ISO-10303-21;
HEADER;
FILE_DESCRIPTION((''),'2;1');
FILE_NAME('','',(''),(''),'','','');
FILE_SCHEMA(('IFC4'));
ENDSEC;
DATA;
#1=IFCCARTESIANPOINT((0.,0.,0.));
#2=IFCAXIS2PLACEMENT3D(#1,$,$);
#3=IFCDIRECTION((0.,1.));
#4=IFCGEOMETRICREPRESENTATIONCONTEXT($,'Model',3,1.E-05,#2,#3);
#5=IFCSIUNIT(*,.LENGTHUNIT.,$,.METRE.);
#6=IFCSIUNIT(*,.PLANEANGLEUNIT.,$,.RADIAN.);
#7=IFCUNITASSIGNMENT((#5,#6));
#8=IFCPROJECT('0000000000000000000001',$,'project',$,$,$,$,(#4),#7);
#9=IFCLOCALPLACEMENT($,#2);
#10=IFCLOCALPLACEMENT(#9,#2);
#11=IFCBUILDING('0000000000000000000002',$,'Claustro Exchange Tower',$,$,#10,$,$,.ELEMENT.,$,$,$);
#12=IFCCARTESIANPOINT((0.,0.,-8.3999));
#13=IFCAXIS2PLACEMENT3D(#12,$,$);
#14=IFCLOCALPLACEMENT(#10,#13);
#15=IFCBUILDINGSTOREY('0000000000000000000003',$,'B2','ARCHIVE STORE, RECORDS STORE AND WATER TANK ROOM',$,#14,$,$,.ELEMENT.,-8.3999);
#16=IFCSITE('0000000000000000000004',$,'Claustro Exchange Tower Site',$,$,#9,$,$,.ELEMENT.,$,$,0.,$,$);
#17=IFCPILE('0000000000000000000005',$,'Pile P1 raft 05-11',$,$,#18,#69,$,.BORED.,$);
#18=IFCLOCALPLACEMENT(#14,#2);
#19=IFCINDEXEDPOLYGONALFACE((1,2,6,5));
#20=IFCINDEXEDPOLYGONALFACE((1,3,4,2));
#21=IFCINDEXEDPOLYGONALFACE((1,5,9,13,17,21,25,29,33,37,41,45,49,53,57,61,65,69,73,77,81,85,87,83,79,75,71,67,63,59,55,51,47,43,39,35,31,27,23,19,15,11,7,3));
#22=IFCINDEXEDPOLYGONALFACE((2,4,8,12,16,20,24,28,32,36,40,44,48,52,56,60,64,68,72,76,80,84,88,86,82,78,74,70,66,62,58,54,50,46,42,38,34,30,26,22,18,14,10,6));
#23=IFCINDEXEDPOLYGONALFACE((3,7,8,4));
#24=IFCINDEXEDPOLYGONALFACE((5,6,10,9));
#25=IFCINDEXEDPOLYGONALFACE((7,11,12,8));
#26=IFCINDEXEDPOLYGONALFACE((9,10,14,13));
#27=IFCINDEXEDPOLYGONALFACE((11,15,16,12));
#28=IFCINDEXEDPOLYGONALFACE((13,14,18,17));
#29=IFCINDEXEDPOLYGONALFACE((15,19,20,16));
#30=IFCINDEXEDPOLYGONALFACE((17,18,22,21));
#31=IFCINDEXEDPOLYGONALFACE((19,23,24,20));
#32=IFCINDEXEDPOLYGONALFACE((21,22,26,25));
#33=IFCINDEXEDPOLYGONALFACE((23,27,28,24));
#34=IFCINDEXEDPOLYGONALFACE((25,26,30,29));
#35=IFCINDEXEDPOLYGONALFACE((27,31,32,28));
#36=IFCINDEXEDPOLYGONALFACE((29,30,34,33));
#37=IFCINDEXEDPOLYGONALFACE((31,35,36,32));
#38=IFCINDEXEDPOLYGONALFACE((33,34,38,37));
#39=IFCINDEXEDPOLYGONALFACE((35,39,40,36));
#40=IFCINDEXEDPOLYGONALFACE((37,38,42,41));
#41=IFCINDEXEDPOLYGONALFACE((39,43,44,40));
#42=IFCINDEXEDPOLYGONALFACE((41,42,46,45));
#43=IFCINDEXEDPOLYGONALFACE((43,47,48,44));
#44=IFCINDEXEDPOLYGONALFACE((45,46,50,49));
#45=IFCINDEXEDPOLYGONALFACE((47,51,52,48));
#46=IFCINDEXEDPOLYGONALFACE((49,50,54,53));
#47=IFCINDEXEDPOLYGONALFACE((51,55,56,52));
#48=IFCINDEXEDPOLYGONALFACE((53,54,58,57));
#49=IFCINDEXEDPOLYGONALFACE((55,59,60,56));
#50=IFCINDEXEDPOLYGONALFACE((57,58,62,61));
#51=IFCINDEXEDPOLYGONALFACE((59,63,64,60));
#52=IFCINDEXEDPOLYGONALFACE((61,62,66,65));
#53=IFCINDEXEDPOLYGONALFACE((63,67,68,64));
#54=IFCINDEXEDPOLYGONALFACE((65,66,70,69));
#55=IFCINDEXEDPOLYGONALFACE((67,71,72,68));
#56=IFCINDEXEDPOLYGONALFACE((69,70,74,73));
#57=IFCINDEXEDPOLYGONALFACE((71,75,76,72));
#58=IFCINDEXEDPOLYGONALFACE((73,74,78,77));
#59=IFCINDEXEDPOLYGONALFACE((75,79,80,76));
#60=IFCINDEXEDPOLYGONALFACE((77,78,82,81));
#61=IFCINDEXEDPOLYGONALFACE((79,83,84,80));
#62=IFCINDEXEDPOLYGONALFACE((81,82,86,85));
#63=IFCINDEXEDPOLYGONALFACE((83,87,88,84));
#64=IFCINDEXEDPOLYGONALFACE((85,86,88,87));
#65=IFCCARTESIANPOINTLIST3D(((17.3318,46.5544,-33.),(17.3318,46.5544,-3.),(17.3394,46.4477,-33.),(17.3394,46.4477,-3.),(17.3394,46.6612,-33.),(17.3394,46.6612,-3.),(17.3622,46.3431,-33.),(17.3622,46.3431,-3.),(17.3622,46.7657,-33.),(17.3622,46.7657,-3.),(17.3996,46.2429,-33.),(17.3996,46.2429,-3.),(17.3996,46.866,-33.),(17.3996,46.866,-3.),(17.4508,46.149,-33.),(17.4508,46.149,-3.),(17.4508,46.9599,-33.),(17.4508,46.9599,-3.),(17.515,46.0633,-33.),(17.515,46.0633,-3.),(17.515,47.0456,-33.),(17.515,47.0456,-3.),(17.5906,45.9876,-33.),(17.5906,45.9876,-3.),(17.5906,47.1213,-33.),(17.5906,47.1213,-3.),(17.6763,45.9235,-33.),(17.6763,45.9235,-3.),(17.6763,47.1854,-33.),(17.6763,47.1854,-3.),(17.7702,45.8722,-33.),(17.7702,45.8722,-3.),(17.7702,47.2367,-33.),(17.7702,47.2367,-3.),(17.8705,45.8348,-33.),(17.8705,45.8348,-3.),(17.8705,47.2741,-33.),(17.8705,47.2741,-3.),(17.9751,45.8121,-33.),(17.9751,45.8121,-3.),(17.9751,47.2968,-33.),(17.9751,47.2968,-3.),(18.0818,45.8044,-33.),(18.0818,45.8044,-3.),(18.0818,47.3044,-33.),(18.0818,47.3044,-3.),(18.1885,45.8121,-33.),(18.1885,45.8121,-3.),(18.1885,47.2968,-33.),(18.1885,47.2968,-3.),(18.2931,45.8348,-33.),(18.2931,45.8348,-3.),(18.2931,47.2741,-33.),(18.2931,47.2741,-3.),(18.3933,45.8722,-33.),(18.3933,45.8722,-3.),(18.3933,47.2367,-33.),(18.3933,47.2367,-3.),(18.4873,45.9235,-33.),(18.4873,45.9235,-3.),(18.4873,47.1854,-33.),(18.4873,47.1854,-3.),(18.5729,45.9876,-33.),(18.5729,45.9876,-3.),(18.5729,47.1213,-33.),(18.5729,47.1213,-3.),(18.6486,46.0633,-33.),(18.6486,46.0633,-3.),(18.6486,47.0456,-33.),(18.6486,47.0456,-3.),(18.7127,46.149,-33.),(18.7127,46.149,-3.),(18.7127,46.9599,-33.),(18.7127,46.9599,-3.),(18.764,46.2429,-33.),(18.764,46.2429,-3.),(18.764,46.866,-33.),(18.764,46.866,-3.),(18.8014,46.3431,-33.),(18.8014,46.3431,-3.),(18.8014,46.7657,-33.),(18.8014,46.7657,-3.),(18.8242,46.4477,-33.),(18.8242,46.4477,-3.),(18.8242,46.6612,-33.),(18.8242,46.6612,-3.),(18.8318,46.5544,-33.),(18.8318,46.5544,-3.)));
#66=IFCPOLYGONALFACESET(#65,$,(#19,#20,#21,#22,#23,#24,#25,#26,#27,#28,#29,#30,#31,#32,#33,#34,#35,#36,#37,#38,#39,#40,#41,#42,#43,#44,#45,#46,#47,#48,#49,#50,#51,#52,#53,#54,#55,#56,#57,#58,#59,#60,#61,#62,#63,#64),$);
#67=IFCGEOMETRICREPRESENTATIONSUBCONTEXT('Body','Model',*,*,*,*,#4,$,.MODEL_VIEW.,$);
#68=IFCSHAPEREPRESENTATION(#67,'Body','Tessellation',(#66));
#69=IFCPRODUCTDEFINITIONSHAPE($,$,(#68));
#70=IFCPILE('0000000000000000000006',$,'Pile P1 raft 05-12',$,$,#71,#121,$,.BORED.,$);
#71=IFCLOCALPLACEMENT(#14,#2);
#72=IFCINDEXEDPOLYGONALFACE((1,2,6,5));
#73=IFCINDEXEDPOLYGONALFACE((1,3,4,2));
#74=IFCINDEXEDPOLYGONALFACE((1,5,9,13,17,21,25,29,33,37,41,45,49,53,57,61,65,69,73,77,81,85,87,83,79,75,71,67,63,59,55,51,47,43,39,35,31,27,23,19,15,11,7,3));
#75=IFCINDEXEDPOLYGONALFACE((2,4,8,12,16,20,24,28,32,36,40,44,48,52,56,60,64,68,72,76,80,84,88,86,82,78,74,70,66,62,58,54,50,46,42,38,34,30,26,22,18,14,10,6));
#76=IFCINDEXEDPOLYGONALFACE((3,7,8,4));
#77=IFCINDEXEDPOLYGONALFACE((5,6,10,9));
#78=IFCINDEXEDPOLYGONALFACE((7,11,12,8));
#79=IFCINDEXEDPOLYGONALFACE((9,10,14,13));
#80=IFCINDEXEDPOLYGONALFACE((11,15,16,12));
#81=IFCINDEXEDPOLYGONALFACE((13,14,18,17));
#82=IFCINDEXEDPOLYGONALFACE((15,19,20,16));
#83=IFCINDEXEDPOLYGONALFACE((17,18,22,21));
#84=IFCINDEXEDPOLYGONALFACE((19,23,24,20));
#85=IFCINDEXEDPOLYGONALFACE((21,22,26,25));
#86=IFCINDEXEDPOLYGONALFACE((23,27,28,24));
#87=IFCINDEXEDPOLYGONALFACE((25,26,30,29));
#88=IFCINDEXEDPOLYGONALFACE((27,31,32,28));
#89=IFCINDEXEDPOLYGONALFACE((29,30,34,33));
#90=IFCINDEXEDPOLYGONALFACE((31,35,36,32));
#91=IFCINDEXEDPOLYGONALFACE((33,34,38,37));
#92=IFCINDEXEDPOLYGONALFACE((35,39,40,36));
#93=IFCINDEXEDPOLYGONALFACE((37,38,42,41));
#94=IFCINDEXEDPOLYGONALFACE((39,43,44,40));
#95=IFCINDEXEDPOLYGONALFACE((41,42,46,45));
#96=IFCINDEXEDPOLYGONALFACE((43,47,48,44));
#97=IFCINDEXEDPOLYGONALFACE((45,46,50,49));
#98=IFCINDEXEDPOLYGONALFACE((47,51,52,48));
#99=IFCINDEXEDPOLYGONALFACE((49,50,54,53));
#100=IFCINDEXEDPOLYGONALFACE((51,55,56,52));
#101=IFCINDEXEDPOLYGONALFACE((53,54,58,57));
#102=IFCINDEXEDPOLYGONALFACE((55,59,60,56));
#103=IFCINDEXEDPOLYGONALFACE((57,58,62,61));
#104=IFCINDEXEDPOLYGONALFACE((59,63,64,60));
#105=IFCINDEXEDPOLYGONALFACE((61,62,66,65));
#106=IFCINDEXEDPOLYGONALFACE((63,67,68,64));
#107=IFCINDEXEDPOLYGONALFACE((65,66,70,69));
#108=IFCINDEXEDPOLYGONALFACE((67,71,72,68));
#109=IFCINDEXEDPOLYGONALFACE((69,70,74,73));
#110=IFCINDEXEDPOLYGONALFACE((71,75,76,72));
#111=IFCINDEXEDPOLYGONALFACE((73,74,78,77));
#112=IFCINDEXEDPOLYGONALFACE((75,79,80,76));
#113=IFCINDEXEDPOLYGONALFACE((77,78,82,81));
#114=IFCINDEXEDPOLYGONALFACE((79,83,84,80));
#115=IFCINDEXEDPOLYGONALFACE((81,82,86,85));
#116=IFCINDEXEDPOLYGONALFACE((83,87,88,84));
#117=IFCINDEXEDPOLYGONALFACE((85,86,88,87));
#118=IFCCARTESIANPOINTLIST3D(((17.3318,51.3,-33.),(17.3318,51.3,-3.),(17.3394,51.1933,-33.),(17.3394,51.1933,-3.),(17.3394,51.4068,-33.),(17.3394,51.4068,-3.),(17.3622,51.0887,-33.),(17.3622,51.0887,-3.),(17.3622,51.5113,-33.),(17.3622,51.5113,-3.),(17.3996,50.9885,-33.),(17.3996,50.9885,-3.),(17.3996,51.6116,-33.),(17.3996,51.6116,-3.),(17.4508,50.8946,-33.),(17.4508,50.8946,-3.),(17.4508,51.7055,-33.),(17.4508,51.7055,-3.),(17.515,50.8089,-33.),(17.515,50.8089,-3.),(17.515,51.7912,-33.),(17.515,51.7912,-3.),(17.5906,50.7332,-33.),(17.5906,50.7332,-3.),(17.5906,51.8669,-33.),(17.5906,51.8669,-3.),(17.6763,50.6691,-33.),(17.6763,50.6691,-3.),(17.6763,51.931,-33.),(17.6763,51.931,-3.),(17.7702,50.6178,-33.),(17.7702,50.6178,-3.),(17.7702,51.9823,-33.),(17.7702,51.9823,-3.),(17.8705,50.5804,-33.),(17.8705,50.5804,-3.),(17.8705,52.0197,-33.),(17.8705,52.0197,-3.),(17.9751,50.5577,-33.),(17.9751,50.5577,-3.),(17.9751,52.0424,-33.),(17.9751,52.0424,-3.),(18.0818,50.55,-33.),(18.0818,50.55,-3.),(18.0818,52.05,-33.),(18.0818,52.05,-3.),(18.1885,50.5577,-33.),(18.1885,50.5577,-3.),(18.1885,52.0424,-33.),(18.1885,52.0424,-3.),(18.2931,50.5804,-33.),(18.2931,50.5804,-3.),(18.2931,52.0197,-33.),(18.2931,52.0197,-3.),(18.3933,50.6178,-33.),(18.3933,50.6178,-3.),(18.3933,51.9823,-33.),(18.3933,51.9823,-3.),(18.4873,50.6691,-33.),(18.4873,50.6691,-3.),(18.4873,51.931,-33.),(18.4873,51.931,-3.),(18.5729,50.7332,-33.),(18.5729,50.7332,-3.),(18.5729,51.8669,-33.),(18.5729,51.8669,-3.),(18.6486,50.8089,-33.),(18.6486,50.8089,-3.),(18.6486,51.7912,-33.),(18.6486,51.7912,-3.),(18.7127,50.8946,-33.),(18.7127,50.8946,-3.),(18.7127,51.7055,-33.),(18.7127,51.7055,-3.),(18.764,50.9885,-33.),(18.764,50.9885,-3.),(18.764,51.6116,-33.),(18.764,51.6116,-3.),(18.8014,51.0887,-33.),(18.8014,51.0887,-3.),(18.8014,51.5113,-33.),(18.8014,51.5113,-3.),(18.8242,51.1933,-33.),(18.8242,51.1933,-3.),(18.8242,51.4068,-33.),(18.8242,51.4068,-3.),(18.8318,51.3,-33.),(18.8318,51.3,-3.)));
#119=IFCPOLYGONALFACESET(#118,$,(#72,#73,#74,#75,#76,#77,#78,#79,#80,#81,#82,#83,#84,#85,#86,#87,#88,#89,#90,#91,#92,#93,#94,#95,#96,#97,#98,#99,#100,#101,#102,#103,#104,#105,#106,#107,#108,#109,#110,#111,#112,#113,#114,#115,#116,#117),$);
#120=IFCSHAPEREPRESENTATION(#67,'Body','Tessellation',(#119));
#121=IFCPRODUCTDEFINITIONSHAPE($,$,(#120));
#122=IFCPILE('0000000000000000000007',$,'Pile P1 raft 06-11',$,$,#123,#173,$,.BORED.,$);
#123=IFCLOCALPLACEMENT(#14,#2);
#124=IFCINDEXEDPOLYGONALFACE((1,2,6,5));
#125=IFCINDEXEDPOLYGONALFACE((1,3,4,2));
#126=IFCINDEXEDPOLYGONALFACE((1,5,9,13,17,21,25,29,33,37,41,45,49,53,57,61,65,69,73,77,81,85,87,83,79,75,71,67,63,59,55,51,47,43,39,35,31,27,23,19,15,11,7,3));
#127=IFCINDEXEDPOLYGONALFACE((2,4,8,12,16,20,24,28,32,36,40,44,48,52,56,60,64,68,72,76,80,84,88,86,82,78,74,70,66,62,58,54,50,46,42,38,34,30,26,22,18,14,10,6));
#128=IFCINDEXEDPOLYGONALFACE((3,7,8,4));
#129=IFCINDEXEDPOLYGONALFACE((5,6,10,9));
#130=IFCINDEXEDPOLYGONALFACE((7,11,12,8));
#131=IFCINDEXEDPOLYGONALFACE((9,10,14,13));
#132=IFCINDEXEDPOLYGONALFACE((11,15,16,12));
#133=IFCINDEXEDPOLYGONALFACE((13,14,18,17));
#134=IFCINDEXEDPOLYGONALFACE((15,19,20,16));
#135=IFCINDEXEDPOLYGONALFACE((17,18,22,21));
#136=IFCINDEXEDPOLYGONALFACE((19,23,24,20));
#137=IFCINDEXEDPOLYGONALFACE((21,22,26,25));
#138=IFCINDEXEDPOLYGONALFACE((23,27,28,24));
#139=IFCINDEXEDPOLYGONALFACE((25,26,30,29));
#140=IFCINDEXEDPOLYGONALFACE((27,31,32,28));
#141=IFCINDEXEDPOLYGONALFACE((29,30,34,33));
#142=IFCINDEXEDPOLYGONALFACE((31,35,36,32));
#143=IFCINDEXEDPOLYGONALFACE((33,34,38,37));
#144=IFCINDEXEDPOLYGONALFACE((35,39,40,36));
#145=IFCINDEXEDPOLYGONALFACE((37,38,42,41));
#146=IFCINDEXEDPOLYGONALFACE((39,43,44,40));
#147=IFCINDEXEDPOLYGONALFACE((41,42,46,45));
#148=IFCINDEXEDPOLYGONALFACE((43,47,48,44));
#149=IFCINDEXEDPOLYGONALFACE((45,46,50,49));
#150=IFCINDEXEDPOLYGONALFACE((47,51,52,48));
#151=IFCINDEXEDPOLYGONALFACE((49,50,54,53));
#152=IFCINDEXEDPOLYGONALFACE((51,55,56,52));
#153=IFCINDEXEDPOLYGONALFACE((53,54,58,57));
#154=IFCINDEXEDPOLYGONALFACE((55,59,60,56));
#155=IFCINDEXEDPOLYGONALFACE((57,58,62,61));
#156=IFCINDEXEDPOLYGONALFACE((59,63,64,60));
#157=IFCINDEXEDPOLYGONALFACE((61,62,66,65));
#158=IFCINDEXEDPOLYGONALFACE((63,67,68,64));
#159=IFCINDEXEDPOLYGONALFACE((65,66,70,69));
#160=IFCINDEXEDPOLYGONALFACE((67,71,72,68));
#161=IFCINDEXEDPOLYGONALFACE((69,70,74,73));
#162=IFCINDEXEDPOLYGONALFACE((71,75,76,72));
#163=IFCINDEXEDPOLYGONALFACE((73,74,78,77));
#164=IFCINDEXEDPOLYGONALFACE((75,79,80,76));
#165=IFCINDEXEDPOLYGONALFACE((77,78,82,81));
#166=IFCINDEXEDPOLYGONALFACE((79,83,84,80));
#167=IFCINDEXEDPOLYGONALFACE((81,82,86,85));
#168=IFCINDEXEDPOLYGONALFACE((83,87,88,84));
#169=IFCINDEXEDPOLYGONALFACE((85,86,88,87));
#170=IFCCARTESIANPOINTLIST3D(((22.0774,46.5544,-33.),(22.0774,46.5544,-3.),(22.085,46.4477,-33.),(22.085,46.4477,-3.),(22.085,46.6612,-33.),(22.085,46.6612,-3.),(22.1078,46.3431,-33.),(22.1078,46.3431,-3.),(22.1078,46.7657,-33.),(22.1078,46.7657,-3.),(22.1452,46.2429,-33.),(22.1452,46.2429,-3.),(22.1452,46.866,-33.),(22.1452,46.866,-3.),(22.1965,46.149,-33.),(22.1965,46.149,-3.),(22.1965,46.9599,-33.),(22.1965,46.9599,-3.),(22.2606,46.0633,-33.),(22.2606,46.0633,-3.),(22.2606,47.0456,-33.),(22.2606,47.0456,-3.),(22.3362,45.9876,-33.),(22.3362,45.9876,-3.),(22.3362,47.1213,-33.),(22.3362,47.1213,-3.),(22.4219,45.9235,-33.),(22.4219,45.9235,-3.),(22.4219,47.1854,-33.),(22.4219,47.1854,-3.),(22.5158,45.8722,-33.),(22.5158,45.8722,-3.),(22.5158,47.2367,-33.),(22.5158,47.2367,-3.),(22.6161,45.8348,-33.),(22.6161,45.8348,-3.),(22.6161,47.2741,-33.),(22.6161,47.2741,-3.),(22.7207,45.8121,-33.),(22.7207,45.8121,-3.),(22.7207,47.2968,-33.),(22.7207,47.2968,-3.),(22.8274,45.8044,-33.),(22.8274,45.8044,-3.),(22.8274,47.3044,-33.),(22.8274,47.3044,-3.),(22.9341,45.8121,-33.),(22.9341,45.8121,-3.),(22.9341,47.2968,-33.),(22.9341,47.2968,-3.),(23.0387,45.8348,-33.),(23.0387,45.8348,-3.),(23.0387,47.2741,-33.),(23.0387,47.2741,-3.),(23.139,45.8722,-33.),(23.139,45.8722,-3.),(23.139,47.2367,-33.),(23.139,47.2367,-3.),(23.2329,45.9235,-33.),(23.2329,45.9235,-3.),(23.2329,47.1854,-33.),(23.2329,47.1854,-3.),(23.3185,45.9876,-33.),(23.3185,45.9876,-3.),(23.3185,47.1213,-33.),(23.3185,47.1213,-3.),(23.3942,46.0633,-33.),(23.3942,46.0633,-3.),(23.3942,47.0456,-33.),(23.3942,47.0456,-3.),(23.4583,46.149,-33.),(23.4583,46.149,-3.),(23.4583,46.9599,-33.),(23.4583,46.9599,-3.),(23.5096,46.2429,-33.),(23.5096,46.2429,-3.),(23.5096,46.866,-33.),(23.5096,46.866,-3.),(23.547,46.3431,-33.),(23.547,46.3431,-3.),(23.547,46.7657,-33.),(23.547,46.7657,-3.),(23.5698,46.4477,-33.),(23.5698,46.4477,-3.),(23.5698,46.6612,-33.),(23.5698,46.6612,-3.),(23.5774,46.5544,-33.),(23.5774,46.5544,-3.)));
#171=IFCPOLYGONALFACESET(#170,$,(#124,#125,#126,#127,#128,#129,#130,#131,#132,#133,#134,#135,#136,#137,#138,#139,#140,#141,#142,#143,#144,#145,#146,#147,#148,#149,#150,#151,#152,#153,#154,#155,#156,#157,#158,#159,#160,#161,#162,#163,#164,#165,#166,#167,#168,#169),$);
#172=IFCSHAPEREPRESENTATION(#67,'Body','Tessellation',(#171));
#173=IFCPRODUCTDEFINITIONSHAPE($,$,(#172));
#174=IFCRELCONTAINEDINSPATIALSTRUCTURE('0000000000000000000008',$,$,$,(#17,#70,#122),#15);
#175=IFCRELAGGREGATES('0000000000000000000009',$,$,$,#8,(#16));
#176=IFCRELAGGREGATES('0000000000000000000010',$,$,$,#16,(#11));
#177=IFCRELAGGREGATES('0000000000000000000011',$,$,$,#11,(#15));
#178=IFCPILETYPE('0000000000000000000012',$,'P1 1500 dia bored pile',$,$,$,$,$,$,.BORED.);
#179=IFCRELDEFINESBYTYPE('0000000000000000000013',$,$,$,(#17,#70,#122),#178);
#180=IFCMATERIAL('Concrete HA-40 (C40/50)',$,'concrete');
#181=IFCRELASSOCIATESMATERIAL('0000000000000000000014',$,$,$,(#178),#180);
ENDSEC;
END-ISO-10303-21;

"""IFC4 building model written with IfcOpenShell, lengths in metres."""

from ifc_helpers import new_model, si_unit, direction, frame, origin, origin_2d, place, context, subcontext, project, spatial, circle, extrude, material, type_object, element, save


model = new_model("IFC4")

# Units and contexts
model_context = context("Model", 3, precision=1e-05, world=origin(), true_north=direction((0.0, 1.0)))
body_context = subcontext(model_context, "Body", "Model", "MODEL_VIEW")
ifc_project = project(units=[si_unit("LENGTHUNIT", "METRE"), si_unit("PLANEANGLEUNIT", "RADIAN")], contexts=[model_context])

# Site, building, storey
site_placement = place(None, origin())
site = spatial("IfcSite", under=ifc_project, at=site_placement, Name="Claustro Exchange Tower Site", CompositionType="ELEMENT", RefElevation=0.0)
building_placement = place(site_placement, origin())
building = spatial("IfcBuilding", under=site, at=building_placement, Name="Claustro Exchange Tower", CompositionType="ELEMENT")
storey_placement = place(building_placement, frame((0.0, 0.0, -8.3999)))
storey = spatial("IfcBuildingStorey", under=building, at=storey_placement, Name="B2", Description="ARCHIVE STORE, RECORDS STORE AND WATER TANK ROOM", CompositionType="ELEMENT", Elevation=-8.3999)

# Piles
ifc_material_1 = material(Name="Concrete HA-40 (C40/50)", Category="concrete")
pile_type_1 = type_object("IfcPileType", Name="P1 1500 dia bored pile", PredefinedType="BORED", material=ifc_material_1)
for number, where, z_axis, x_axis, name in (
    (1, (18.0818, 46.5544, -3.0), (0.0, 0.0, -1.0), (1.0, 0.0, 0.0), "Pile P1 raft 05-11"),
    (2, (18.0818, 51.3, -3.0), (0.0, 0.0, -1.0), (1.0, 0.0, 0.0), "Pile P1 raft 05-12"),
    (3, (22.8274, 46.5544, -3.0), (0.0, 0.0, -1.0), (1.0, 0.0, 0.0), "Pile P1 raft 06-11"),
):
    element("IfcPile", number, at=place(storey_placement, frame(where, z_axis=z_axis, x_axis=x_axis)), inside=storey, type_object=pile_type_1, Name=name, PredefinedType="BORED", context=body_context, shape_type="SweptSolid", body=[
        extrude(circle(Radius=0.75, at=origin_2d()), origin(), (0.0, 0.0, 1.0), 30.0),
    ])

save(model, "model.ifc")
